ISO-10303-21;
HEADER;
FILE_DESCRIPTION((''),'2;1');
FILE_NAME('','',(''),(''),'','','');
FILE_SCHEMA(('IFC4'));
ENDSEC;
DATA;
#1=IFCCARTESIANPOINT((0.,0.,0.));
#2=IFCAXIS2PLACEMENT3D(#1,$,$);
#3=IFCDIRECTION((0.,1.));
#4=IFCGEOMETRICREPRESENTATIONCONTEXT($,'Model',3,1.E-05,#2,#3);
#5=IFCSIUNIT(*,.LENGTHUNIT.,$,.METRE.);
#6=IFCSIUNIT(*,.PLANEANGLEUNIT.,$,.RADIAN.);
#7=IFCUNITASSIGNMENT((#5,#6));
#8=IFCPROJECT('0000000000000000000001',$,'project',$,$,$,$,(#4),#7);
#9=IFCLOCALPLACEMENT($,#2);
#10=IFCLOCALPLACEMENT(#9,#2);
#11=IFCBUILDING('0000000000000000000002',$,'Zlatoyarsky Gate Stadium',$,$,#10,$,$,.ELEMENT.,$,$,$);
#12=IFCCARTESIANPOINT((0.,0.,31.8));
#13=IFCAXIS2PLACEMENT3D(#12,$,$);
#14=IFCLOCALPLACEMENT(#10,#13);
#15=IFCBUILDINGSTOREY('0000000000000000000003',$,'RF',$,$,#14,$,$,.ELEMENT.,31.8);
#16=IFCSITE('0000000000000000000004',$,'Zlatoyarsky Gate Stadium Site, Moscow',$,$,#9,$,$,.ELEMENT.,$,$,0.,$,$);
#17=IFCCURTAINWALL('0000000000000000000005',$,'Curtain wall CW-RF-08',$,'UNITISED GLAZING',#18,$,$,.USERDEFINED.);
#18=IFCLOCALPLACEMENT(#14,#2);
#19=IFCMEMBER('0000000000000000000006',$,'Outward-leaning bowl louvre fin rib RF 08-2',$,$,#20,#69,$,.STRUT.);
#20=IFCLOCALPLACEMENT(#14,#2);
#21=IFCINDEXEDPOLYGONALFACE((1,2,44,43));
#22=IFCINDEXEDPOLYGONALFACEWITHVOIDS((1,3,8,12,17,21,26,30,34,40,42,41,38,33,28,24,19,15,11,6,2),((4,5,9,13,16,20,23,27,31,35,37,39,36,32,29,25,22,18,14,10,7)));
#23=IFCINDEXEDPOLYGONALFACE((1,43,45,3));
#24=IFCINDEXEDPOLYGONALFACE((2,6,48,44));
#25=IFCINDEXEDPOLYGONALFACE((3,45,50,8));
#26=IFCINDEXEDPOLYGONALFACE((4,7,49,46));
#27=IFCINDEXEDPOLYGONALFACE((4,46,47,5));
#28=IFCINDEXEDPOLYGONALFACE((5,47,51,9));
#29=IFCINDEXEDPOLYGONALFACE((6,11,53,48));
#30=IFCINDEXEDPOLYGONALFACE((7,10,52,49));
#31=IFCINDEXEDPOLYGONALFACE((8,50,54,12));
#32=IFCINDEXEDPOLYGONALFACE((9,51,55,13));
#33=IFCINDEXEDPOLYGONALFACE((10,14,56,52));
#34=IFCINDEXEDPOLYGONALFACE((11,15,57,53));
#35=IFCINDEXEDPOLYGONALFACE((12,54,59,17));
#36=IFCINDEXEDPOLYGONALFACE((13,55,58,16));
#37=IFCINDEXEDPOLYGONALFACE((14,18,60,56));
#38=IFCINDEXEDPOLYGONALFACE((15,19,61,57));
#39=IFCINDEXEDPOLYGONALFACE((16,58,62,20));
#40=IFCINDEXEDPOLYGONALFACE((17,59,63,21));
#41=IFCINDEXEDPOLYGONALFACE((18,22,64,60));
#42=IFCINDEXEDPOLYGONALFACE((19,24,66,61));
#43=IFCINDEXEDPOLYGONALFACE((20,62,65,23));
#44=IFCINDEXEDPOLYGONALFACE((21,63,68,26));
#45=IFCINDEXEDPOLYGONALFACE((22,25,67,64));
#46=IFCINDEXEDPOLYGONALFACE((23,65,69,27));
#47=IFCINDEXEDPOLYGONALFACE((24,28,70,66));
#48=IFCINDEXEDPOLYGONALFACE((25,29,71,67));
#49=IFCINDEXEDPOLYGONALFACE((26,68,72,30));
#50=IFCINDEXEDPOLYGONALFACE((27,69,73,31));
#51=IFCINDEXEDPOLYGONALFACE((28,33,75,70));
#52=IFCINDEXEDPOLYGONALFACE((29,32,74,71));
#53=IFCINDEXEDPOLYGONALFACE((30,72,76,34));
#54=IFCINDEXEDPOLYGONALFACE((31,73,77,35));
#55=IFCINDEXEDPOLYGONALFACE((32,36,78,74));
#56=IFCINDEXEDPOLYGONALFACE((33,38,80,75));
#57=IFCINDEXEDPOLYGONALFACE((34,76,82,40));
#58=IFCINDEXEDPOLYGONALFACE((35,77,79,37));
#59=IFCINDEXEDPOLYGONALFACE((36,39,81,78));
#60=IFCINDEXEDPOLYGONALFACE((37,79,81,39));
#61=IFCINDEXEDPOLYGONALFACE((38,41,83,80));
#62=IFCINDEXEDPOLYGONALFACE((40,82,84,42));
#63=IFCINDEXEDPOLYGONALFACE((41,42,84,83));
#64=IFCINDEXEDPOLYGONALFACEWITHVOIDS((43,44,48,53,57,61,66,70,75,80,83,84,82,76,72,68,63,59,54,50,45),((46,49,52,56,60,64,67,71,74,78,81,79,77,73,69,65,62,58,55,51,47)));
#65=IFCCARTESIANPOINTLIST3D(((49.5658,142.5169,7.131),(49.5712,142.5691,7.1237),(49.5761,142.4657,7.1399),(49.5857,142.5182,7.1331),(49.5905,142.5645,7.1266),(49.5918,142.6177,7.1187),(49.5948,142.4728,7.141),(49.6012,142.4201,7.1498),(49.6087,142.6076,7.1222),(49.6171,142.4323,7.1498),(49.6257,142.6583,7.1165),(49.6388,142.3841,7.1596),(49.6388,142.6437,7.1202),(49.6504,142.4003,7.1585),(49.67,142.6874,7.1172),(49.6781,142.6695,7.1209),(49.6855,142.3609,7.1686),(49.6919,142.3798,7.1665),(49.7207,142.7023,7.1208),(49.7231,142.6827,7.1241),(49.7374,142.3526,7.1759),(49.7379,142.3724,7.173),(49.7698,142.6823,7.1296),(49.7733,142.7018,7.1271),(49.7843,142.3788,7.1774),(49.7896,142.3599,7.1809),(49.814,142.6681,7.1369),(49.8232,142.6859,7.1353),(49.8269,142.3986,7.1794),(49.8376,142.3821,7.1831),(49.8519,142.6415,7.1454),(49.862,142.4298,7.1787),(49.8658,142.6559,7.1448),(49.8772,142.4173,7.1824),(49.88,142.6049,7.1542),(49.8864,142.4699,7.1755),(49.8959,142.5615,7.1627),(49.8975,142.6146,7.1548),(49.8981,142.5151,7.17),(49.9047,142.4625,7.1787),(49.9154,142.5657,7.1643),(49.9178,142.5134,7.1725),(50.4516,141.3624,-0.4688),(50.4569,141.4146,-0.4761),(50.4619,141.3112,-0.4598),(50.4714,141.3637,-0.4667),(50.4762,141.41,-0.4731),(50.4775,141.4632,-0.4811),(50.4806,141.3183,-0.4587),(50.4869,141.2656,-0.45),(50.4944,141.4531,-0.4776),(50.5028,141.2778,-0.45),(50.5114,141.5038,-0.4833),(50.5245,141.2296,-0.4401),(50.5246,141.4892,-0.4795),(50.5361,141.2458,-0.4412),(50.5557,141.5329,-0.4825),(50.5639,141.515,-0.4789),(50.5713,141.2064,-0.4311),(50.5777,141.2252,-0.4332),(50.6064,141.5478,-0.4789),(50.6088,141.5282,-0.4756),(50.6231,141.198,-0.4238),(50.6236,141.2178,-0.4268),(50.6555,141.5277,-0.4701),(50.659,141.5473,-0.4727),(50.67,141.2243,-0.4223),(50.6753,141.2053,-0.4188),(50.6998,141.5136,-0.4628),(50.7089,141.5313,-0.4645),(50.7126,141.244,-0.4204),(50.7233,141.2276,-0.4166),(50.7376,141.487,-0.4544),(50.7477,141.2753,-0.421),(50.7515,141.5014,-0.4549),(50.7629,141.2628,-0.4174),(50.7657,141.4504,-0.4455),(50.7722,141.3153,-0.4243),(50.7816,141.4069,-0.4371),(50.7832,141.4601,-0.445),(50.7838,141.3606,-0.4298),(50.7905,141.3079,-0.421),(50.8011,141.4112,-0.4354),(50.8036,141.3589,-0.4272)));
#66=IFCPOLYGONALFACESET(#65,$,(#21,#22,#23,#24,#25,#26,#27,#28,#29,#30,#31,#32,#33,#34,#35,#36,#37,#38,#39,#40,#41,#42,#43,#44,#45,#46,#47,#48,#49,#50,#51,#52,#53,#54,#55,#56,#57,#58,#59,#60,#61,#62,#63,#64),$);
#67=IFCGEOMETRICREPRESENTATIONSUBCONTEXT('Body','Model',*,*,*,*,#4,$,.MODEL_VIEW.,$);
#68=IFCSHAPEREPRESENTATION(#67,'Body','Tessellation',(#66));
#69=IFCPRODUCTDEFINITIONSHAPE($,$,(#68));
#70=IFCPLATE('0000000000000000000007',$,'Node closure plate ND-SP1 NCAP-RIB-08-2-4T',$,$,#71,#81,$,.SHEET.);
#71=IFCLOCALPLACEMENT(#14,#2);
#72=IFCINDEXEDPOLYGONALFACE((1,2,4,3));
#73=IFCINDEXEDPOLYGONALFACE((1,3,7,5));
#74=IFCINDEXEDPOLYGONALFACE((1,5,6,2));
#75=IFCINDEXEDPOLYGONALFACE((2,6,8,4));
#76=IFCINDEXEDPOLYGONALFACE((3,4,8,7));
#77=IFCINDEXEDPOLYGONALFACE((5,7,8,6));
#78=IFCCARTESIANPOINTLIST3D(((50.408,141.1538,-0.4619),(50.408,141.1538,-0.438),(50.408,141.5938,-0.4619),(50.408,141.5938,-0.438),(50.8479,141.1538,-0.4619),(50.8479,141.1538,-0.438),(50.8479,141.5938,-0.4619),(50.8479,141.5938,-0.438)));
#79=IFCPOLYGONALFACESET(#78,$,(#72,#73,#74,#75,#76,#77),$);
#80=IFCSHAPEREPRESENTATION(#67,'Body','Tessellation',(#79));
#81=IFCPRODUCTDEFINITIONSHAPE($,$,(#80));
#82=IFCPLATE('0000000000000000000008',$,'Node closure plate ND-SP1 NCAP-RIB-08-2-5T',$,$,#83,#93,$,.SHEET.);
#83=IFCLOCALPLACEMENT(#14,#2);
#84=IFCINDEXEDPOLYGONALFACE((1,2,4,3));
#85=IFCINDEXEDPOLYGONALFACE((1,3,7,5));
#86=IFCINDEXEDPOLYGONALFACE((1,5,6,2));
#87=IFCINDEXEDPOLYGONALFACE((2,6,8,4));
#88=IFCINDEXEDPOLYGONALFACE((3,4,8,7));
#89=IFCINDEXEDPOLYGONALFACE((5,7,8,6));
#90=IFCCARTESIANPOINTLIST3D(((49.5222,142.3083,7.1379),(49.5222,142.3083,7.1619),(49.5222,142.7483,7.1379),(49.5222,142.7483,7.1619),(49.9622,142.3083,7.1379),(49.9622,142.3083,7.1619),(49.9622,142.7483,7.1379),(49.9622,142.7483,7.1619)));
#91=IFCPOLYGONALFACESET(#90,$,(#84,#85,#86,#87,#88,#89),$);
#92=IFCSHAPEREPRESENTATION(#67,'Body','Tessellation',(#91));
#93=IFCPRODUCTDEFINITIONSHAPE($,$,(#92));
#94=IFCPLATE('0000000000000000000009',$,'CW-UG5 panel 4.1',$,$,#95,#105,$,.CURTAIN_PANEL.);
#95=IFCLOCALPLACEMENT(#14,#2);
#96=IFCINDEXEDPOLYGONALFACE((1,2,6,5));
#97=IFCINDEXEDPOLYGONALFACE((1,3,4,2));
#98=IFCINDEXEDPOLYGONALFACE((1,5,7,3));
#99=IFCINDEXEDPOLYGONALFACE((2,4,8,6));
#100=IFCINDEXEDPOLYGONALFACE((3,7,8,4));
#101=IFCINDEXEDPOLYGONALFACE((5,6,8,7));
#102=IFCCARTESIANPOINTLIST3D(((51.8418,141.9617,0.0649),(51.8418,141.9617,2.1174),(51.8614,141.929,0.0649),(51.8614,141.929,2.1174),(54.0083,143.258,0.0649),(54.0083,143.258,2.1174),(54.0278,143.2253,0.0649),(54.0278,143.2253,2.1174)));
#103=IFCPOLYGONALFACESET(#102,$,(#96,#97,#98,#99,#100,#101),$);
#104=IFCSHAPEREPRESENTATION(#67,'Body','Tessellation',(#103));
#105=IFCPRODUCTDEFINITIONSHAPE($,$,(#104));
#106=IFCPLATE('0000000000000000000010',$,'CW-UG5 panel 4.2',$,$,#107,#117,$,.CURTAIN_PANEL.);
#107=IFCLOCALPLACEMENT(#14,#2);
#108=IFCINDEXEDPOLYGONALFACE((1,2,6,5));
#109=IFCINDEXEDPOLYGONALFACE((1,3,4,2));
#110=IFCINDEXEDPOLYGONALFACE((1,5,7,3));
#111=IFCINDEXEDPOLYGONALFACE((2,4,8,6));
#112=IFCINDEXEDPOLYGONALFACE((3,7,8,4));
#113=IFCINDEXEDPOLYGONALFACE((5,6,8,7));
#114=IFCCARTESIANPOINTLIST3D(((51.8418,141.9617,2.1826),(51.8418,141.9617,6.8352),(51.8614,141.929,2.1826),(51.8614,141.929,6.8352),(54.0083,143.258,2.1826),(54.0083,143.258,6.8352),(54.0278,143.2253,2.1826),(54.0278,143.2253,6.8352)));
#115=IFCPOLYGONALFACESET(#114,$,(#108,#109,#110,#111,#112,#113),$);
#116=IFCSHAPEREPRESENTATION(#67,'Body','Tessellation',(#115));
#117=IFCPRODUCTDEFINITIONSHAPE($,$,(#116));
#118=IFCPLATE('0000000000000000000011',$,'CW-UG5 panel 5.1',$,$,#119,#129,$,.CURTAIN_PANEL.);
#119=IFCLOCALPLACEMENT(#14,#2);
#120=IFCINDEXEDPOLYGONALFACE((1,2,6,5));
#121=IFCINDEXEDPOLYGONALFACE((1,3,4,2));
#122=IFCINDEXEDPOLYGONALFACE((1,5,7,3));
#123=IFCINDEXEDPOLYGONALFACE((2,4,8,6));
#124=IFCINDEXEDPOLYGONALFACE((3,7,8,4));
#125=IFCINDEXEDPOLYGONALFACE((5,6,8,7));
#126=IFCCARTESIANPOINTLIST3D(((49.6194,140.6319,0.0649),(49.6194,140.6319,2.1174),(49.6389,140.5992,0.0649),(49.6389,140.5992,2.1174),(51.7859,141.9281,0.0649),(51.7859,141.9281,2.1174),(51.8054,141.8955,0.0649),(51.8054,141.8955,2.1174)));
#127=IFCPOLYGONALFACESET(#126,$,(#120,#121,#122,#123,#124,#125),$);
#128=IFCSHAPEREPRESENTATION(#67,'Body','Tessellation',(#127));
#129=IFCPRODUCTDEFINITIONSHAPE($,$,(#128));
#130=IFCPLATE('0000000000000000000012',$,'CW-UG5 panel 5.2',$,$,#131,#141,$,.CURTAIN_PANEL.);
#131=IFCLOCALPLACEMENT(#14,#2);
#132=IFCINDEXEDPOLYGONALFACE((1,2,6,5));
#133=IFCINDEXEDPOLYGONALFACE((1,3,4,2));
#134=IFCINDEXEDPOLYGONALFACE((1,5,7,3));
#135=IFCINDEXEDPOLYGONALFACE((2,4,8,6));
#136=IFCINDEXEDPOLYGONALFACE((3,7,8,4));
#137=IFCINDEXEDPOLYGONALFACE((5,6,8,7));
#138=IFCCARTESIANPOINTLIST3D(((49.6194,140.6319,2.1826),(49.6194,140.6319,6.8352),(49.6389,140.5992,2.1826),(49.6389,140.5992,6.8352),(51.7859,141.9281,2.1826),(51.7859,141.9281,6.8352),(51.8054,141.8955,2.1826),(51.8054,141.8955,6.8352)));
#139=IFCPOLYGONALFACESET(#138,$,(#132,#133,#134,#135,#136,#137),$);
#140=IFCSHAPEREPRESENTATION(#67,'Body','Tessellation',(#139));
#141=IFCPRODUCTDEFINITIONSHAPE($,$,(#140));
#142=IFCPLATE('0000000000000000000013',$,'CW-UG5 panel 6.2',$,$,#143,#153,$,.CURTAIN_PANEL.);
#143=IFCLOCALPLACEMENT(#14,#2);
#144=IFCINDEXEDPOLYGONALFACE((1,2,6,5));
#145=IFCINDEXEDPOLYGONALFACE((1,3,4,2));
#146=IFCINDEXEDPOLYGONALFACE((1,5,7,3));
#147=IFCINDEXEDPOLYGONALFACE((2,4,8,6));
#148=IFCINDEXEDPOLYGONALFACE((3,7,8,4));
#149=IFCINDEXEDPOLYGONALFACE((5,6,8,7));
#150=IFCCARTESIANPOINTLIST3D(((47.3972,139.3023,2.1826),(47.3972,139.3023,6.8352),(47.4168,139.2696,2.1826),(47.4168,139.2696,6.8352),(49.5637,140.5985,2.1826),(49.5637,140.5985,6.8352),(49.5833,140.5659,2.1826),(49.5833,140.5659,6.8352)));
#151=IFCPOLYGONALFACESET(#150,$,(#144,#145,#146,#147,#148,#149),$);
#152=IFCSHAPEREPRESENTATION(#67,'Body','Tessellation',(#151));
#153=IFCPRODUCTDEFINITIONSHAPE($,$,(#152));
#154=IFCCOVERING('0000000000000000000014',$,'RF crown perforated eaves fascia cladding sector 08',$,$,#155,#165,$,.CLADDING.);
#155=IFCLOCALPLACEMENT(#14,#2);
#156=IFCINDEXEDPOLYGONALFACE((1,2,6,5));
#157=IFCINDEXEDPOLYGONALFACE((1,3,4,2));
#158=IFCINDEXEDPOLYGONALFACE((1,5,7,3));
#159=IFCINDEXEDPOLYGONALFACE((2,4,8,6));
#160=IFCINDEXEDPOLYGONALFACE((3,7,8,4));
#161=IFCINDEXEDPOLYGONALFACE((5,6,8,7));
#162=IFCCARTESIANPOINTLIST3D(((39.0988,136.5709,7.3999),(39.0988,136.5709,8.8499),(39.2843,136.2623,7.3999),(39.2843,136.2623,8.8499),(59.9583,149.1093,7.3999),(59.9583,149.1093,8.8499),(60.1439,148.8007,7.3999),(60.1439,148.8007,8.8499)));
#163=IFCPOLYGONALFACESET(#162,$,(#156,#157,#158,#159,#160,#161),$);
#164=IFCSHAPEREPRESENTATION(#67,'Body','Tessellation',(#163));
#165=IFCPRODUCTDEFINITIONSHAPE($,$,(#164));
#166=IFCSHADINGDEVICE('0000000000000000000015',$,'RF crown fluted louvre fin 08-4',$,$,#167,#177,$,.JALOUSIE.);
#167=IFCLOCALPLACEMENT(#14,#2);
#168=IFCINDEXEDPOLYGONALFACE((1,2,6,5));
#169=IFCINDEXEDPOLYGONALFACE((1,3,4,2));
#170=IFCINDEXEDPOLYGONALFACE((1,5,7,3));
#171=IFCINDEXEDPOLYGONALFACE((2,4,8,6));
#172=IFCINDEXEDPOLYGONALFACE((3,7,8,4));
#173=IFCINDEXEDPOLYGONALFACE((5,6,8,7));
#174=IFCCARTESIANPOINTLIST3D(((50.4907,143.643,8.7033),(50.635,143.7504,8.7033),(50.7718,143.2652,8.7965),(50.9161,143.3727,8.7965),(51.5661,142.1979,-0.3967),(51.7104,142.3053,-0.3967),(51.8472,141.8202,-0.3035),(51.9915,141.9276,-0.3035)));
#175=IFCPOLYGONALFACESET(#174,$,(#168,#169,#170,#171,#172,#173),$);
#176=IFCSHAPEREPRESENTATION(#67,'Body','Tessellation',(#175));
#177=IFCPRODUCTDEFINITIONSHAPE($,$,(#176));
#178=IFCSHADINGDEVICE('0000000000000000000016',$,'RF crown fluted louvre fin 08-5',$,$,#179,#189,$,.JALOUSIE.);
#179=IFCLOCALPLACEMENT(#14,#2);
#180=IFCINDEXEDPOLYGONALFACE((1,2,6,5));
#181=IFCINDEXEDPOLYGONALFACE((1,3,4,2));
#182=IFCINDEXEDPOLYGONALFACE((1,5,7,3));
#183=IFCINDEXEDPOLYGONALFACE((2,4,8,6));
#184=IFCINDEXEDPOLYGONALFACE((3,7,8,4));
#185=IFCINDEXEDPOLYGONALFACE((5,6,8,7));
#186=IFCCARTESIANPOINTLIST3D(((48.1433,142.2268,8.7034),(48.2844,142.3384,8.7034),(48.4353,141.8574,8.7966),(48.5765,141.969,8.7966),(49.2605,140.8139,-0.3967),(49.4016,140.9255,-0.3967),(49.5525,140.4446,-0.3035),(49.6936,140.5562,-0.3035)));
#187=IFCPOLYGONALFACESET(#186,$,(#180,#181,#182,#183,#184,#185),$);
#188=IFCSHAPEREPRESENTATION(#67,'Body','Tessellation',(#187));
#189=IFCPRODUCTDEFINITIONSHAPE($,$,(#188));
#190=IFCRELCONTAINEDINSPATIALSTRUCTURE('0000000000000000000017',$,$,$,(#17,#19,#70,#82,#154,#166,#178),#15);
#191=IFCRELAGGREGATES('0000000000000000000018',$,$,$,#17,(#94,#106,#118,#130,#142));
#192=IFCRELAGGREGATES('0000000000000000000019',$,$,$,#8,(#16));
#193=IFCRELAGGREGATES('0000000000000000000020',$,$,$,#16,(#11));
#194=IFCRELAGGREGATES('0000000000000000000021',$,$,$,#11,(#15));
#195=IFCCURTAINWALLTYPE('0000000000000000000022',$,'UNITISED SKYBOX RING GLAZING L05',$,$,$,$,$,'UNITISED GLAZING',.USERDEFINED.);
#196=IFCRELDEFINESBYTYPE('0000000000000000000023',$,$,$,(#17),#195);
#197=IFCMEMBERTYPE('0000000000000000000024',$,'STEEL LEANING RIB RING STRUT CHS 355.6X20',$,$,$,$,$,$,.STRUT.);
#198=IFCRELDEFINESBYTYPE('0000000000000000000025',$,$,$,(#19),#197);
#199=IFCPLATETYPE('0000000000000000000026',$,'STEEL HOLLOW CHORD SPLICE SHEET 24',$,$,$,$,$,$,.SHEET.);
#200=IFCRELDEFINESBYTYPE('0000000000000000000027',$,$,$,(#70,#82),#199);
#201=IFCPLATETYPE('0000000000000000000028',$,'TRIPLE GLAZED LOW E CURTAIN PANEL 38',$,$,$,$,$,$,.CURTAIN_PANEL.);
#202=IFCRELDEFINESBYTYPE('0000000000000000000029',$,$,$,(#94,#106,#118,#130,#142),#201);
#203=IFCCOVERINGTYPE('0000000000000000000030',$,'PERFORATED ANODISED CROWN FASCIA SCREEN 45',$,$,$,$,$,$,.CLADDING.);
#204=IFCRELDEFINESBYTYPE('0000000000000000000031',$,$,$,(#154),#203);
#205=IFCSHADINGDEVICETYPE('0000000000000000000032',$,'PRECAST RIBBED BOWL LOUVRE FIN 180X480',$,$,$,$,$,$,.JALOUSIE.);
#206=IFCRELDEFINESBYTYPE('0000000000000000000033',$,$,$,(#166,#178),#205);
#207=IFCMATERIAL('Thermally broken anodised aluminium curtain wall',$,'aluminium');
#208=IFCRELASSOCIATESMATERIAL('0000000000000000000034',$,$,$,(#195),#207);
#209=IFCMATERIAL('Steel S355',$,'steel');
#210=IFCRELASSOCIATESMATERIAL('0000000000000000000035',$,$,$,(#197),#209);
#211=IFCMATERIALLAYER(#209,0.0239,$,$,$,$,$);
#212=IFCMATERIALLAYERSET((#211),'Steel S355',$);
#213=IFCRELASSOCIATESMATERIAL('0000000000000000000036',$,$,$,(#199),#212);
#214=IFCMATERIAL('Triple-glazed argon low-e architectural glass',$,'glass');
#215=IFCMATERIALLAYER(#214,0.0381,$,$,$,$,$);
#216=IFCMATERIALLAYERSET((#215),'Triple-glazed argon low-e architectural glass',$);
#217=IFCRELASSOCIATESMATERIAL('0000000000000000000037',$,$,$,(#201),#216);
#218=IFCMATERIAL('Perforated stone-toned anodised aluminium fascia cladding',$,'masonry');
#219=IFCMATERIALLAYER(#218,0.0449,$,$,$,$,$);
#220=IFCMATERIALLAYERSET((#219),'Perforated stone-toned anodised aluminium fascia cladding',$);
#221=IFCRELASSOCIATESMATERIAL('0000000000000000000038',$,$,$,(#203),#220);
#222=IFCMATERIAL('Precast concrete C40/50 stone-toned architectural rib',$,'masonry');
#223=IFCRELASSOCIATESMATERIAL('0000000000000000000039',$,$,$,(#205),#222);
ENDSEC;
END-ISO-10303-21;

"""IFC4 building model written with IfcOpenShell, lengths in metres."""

from ifc_helpers import new_model, si_unit, direction, frame, origin, origin_2d, place, context, subcontext, project, spatial, rectangle, hollow_circle, extrude, material, layer, layer_set, material_profile, profile_set, type_object, element, aggregate, save


model = new_model("IFC4")

# Units and contexts
model_context = context("Model", 3, precision=1e-05, world=origin(), true_north=direction((0.0, 1.0)))
body_context = subcontext(model_context, "Body", "Model", "MODEL_VIEW")
ifc_project = project(units=[si_unit("LENGTHUNIT", "METRE"), si_unit("PLANEANGLEUNIT", "RADIAN")], contexts=[model_context])

# Site, building, storey
site_placement = place(None, origin())
site = spatial("IfcSite", under=ifc_project, at=site_placement, Name="Zlatoyarsky Gate Stadium Site, Moscow", CompositionType="ELEMENT", RefElevation=0.0)
building_placement = place(site_placement, origin())
building = spatial("IfcBuilding", under=site, at=building_placement, Name="Zlatoyarsky Gate Stadium", CompositionType="ELEMENT")
storey_placement = place(building_placement, frame((0.0, 0.0, 31.8)))
storey = spatial("IfcBuildingStorey", under=building, at=storey_placement, Name="RF", CompositionType="ELEMENT", Elevation=31.8)

# Curtain wall
ifc_material_1 = material(Name="Thermally broken anodised aluminium curtain wall", Category="aluminium")
curtain_wall_type = type_object("IfcCurtainWallType", Name="UNITISED SKYBOX RING GLAZING L05", ElementType="UNITISED GLAZING", PredefinedType="USERDEFINED", material=ifc_material_1)
curtain_wall_placement = place(storey_placement, origin())
curtain_wall = element("IfcCurtainWall", 1, at=curtain_wall_placement, inside=storey, type_object=curtain_wall_type, Name="Curtain wall CW-RF-08", ObjectType="UNITISED GLAZING", PredefinedType="USERDEFINED")

# Member
ifc_material_2 = material(Name="Steel S355", Category="steel")
ifc_material_profile_1 = material_profile(ifc_material_2, hollow_circle(Radius=0.1777, WallThickness=0.02, at=origin_2d()), Name="CHS 355.6X20")
ifc_profile_set_1 = profile_set([ifc_material_profile_1], Name="Steel S355")
member_type_1 = type_object("IfcMemberType", Name="STEEL LEANING RIB RING STRUT CHS 355.6X20", PredefinedType="STRUT", material=ifc_profile_set_1)
member_1_placement = place(storey_placement, frame((50.6279, 141.3738, -0.45), z_axis=(-0.114468, 0.149206, 0.982158), x_axis=(-0.793409, -0.608689, 0.0)))
element("IfcMember", 2, at=member_1_placement, inside=storey, type_object=member_type_1, Name="Outward-leaning bowl louvre fin rib RF 08-2", PredefinedType="STRUT", context=body_context, shape_type="SweptSolid", body=[
    extrude(hollow_circle(Radius=0.1777, WallThickness=0.02, at=origin_2d()), origin(), (0.0, 0.0, 1.0), 7.7378),
])

# Plates
ifc_layer_1 = layer(ifc_material_2, 0.0239)
ifc_layer_set_1 = layer_set([ifc_layer_1], Name="Steel S355")
plate_type_1 = type_object("IfcPlateType", Name="STEEL HOLLOW CHORD SPLICE SHEET 24", PredefinedType="SHEET", material=ifc_layer_set_1)
for number, where, z_axis, x_axis, name in (
    (3, (50.6279, 141.3738, -0.4619), (0.0, 0.0, 1.0), (1.0, 0.0, 0.0), "Node closure plate ND-SP1 NCAP-RIB-08-2-4T"),
    (4, (49.7422, 142.5283, 7.1379), (0.0, 0.0, 1.0), (1.0, 0.0, 0.0), "Node closure plate ND-SP1 NCAP-RIB-08-2-5T"),
):
    element("IfcPlate", number, at=place(storey_placement, frame(where, z_axis=z_axis, x_axis=x_axis)), inside=storey, type_object=plate_type_1, Name=name, PredefinedType="SHEET", context=body_context, shape_type="SweptSolid", body=[
        extrude(rectangle(XDim=0.4399, YDim=0.4399, at=origin_2d()), origin(), (0.0, 0.0, 1.0), 0.0239),
    ])

# Plates
ifc_material_3 = material(Name="Triple-glazed argon low-e architectural glass", Category="glass")
ifc_layer_2 = layer(ifc_material_3, 0.0381)
ifc_layer_set_2 = layer_set([ifc_layer_2], Name="Triple-glazed argon low-e architectural glass")
plate_type_2 = type_object("IfcPlateType", Name="TRIPLE GLAZED LOW E CURTAIN PANEL 38", PredefinedType="CURTAIN_PANEL", material=ifc_layer_set_2)
plate_1_placement = place(storey_placement, frame((52.9348, 142.5935, 0.0649), z_axis=(0.0, 0.0, 1.0), x_axis=(-0.858128, -0.513436, 0.0)))
plate_1 = element("IfcPlate", 5, at=plate_1_placement, type_object=plate_type_2, Name="CW-UG5 panel 4.1", PredefinedType="CURTAIN_PANEL", context=body_context, shape_type="SweptSolid", body=[
    extrude(rectangle(XDim=2.5247, YDim=0.0381, at=origin_2d()), origin(), (0.0, 0.0, 1.0), 2.0525),
])
plate_2_placement = place(storey_placement, frame((52.9348, 142.5935, 2.1826), z_axis=(0.0, 0.0, 1.0), x_axis=(-0.858128, -0.513436, 0.0)))
plate_2 = element("IfcPlate", 6, at=plate_2_placement, type_object=plate_type_2, Name="CW-UG5 panel 4.2", PredefinedType="CURTAIN_PANEL", context=body_context, shape_type="SweptSolid", body=[
    extrude(rectangle(XDim=2.5247, YDim=0.0381, at=origin_2d()), origin(), (0.0, 0.0, 1.0), 4.6526),
])
plate_3_placement = place(storey_placement, frame((50.7124, 141.2637, 0.0649), z_axis=(0.0, 0.0, 1.0), x_axis=(-0.858128, -0.513436, 0.0)))
plate_3 = element("IfcPlate", 7, at=plate_3_placement, type_object=plate_type_2, Name="CW-UG5 panel 5.1", PredefinedType="CURTAIN_PANEL", context=body_context, shape_type="SweptSolid", body=[
    extrude(rectangle(XDim=2.5247, YDim=0.0381, at=origin_2d()), origin(), (0.0, 0.0, 1.0), 2.0525),
])
plate_4_placement = place(storey_placement, frame((50.7124, 141.2637, 2.1826), z_axis=(0.0, 0.0, 1.0), x_axis=(-0.858128, -0.513436, 0.0)))
plate_4 = element("IfcPlate", 8, at=plate_4_placement, type_object=plate_type_2, Name="CW-UG5 panel 5.2", PredefinedType="CURTAIN_PANEL", context=body_context, shape_type="SweptSolid", body=[
    extrude(rectangle(XDim=2.5247, YDim=0.0381, at=origin_2d()), origin(), (0.0, 0.0, 1.0), 4.6526),
])
plate_5_placement = place(storey_placement, frame((48.4902, 139.9341, 2.1826), z_axis=(0.0, 0.0, 1.0), x_axis=(-0.858128, -0.513436, 0.0)))
plate_5 = element("IfcPlate", 9, at=plate_5_placement, type_object=plate_type_2, Name="CW-UG5 panel 6.2", PredefinedType="CURTAIN_PANEL", context=body_context, shape_type="SweptSolid", body=[
    extrude(rectangle(XDim=2.5247, YDim=0.0381, at=origin_2d()), origin(), (0.0, 0.0, 1.0), 4.6526),
])
aggregate(curtain_wall, [plate_1, plate_2, plate_3, plate_4, plate_5])

# Covering
ifc_material_4 = material(Name="Perforated stone-toned anodised aluminium fascia cladding", Category="masonry")
ifc_layer_3 = layer(ifc_material_4, 0.0449)
ifc_layer_set_3 = layer_set([ifc_layer_3], Name="Perforated stone-toned anodised aluminium fascia cladding")
covering_type = type_object("IfcCoveringType", Name="PERFORATED ANODISED CROWN FASCIA SCREEN 45", PredefinedType="CLADDING", material=ifc_layer_set_3)
covering_placement = place(storey_placement, frame((49.6213, 142.6858, 7.3999), z_axis=(0.0, 0.0, 1.0), x_axis=(-0.857081, -0.515182, 0.0)))
element("IfcCovering", 10, at=covering_placement, inside=storey, type_object=covering_type, Name="RF crown perforated eaves fascia cladding sector 08", PredefinedType="CLADDING", context=body_context, shape_type="SweptSolid", body=[
    extrude(rectangle(XDim=24.3379, YDim=0.3601, at=origin_2d()), origin(), (0.0, 0.0, 1.0), 1.45),
])

# Shading devices
ifc_material_5 = material(Name="Precast concrete C40/50 stone-toned architectural rib", Category="masonry")
ifc_material_profile_2 = material_profile(ifc_material_5, rectangle(XDim=0.1799, YDim=0.48, at=origin_2d()), Name="RIB 180X480")
ifc_profile_set_2 = profile_set([ifc_material_profile_2], Name="Precast concrete C40/50 stone-toned architectural rib")
shading_device_type = type_object("IfcShadingDeviceType", Name="PRECAST RIBBED BOWL LOUVRE FIN 180X480", PredefinedType="JALOUSIE", material=ifc_profile_set_2)
for number, where, z_axis, x_axis, name in (
    (11, (51.7788, 142.0627, -0.3501), (-0.115929, 0.155775, 0.980966), (-0.802223, -0.597025, 0.0), "RF crown fluted louvre fin 08-4"),
    (12, (49.4771, 140.6851, -0.3501), (-0.12043, 0.152301, 0.980969), (-0.7844, -0.620255, 0.0), "RF crown fluted louvre fin 08-5"),
):
    element("IfcShadingDevice", number, at=place(storey_placement, frame(where, z_axis=z_axis, x_axis=x_axis)), inside=storey, type_object=shading_device_type, Name=name, PredefinedType="JALOUSIE", context=body_context, shape_type="SweptSolid", body=[
        extrude(rectangle(XDim=0.1799, YDim=0.48, at=origin_2d()), origin(), (0.0, 0.0, 1.0), 9.2766),
    ])

save(model, "model.ifc")
